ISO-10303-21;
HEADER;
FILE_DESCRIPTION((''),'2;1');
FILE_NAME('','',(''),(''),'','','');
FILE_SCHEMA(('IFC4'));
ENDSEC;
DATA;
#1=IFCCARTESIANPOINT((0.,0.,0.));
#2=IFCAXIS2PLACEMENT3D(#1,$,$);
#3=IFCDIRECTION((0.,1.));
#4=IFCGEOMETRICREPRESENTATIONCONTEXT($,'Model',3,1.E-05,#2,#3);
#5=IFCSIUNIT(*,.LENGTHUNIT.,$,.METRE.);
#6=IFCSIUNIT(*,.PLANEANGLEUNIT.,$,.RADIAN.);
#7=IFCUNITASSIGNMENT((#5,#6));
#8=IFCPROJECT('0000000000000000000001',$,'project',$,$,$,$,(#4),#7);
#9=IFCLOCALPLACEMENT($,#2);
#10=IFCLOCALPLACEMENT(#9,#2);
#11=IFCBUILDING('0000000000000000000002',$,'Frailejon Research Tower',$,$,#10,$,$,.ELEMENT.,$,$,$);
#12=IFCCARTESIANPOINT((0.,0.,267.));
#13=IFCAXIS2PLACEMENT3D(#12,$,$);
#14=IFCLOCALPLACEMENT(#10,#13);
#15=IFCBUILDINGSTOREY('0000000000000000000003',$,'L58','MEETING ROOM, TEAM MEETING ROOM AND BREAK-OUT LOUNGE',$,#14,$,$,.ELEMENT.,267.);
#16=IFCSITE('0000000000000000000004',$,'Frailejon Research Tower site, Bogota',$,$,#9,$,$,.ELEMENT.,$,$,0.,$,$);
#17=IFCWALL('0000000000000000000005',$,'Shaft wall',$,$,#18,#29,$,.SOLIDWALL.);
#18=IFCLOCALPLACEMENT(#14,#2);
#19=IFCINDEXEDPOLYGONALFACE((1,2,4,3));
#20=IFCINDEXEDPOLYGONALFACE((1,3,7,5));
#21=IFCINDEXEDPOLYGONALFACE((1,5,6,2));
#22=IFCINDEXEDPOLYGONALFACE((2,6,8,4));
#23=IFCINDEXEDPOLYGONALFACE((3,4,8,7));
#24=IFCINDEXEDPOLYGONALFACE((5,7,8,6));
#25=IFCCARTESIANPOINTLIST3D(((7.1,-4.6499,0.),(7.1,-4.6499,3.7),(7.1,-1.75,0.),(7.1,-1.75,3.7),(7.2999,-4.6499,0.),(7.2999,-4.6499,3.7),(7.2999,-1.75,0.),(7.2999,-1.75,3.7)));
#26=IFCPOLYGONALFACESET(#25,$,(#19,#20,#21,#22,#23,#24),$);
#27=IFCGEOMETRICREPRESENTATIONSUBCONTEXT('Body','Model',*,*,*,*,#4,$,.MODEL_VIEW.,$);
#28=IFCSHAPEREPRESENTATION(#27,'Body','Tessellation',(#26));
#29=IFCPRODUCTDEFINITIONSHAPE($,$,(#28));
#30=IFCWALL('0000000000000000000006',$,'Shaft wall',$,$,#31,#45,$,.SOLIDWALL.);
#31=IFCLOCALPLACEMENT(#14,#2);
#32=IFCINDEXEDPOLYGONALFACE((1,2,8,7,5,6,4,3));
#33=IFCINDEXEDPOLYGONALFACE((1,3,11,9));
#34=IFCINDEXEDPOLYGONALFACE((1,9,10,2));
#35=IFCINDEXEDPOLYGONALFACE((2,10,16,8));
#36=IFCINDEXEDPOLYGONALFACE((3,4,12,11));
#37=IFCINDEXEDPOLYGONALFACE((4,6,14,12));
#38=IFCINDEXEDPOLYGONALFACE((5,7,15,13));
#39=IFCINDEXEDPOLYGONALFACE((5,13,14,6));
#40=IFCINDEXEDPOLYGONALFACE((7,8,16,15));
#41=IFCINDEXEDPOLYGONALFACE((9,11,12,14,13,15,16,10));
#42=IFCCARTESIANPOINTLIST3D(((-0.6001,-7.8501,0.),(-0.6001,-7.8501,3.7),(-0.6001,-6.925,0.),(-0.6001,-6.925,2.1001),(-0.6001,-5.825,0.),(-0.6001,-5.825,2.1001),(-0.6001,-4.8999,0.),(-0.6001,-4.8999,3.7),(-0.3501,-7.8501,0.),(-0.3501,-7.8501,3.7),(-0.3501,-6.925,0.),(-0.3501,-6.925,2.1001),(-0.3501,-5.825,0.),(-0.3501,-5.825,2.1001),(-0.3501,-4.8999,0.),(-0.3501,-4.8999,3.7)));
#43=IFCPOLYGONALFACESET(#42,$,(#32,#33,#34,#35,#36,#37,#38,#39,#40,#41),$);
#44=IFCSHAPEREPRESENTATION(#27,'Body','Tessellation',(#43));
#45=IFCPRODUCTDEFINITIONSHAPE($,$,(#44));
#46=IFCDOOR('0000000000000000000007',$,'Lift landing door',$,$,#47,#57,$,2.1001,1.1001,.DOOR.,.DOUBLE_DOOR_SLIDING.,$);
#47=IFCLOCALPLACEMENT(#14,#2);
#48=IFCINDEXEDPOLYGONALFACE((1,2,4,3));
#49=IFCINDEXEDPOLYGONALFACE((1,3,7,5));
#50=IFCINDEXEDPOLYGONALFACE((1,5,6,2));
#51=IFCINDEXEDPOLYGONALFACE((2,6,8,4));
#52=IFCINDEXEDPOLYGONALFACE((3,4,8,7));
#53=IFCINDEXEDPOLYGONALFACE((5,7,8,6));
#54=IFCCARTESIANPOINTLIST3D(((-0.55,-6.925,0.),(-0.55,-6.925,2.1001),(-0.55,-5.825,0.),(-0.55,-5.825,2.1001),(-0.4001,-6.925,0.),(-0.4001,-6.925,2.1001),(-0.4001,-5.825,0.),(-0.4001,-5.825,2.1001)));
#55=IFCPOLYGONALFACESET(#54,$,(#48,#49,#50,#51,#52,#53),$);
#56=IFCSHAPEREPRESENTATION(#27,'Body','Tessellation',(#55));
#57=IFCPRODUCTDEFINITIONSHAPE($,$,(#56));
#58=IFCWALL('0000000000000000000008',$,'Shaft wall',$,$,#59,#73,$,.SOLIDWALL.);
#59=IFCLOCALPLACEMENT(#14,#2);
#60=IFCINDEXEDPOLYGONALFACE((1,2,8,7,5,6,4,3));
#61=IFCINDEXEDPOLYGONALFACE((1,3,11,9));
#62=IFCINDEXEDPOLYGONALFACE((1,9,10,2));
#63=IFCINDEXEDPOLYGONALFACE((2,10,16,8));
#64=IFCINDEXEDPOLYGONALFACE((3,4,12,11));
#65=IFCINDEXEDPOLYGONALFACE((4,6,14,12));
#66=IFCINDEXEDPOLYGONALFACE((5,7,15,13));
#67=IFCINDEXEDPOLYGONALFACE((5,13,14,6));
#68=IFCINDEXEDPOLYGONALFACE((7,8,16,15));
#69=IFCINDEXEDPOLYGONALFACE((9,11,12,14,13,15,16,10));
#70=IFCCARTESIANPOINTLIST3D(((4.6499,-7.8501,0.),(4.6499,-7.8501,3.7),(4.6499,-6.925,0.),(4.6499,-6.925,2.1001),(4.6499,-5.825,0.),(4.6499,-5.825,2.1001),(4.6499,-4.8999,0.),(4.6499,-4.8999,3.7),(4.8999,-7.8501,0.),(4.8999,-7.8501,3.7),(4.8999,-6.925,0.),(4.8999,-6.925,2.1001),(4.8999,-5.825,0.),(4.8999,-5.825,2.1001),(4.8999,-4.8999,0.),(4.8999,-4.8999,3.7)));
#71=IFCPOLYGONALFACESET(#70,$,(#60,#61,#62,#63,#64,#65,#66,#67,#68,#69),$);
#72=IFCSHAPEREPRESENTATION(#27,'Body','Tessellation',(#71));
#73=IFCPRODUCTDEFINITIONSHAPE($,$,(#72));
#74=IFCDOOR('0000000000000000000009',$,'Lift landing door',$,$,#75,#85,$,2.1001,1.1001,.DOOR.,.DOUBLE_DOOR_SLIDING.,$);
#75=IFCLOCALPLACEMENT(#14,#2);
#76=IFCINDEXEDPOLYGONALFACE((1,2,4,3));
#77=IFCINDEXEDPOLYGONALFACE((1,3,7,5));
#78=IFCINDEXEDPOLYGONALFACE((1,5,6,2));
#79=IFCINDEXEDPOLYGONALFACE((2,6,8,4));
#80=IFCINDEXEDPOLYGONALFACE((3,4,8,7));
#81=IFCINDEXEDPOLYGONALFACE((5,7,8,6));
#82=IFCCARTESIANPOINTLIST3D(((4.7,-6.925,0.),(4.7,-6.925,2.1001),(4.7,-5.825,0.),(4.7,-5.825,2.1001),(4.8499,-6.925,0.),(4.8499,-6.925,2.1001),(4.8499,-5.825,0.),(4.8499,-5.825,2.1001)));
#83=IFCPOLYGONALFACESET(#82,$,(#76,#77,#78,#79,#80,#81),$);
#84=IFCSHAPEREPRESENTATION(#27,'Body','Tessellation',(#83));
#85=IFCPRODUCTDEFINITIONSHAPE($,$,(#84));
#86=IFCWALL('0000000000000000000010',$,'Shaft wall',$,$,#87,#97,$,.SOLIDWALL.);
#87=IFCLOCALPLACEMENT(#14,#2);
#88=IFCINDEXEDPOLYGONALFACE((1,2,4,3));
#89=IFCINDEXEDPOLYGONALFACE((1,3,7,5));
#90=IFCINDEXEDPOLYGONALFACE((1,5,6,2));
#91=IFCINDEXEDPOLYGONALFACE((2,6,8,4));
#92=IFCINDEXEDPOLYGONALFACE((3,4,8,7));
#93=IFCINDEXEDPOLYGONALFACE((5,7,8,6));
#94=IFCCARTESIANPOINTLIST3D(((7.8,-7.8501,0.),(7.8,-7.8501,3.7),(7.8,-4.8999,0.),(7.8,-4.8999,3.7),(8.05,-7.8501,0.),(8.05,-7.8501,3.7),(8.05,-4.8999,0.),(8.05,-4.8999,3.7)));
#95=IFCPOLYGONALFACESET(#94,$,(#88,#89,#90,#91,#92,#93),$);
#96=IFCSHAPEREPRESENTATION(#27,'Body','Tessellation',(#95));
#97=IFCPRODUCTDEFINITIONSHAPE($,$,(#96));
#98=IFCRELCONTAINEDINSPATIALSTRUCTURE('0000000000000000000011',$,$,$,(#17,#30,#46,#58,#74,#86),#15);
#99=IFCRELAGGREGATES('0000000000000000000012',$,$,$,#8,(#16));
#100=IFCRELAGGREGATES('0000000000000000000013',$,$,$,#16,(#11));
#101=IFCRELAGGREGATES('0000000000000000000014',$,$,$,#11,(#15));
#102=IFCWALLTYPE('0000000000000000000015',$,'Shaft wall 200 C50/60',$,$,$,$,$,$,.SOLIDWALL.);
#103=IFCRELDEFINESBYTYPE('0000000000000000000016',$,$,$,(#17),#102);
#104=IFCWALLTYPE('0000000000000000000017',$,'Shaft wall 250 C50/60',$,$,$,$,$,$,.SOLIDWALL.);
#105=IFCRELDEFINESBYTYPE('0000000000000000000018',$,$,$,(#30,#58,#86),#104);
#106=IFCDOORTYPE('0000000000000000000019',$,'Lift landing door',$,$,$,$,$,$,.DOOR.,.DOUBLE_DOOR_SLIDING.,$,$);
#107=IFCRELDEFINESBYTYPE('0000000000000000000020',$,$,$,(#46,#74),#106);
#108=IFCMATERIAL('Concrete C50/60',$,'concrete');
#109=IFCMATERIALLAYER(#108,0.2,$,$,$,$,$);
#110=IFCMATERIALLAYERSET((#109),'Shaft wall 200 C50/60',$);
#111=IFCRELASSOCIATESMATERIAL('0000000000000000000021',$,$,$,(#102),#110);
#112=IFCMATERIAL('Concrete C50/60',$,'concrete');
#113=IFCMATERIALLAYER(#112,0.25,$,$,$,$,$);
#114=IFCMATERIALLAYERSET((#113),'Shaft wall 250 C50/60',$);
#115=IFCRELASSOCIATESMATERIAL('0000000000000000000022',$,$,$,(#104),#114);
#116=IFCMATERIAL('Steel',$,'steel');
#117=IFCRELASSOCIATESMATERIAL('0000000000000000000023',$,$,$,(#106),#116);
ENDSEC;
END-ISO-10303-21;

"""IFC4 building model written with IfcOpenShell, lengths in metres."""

from ifc_helpers import new_model, si_unit, direction, frame, frame_2d, origin, place, context, subcontext, project, spatial, rectangle, extrude, material, layer, layer_set, type_object, element, fill, save


model = new_model("IFC4")

# Units and contexts
model_context = context("Model", 3, precision=1e-05, world=origin(), true_north=direction((0.0, 1.0)))
body_context = subcontext(model_context, "Body", "Model", "MODEL_VIEW")
ifc_project = project(units=[si_unit("LENGTHUNIT", "METRE"), si_unit("PLANEANGLEUNIT", "RADIAN")], contexts=[model_context])

# Site, building, storey
site_placement = place(None, origin())
site = spatial("IfcSite", under=ifc_project, at=site_placement, Name="Frailejon Research Tower site, Bogota", CompositionType="ELEMENT", RefElevation=0.0)
building_placement = place(site_placement, origin())
building = spatial("IfcBuilding", under=site, at=building_placement, Name="Frailejon Research Tower", CompositionType="ELEMENT")
storey_placement = place(building_placement, frame((0.0, 0.0, 267.0)))
storey = spatial("IfcBuildingStorey", under=building, at=storey_placement, Name="L58", Description="MEETING ROOM, TEAM MEETING ROOM AND BREAK-OUT LOUNGE", CompositionType="ELEMENT", Elevation=267.0)

# Wall
ifc_material_1 = material(Name="Concrete C50/60", Category="concrete")
ifc_layer_1 = layer(ifc_material_1, 0.2)
ifc_layer_set_1 = layer_set([ifc_layer_1], Name="Shaft wall 200 C50/60")
wall_type_1 = type_object("IfcWallType", Name="Shaft wall 200 C50/60", PredefinedType="SOLIDWALL", material=ifc_layer_set_1)
for number, where, z_axis, x_axis, name in (
    (1, (7.2, -4.6499, 0.0), (0.0, 0.0, 1.0), (0.0, 1.0, 0.0), "Shaft wall"),
):
    element("IfcWall", number, at=place(storey_placement, frame(where, z_axis=z_axis, x_axis=x_axis)), inside=storey, type_object=wall_type_1, Name=name, PredefinedType="SOLIDWALL", context=body_context, shape_type="SweptSolid", body=[
        extrude(rectangle(XDim=2.8999, YDim=0.2, at=frame_2d((1.45, 0.0))), origin(), (0.0, 0.0, 1.0), 3.7),
    ])

# Walls, openings, doors
ifc_material_2 = material(Name="Concrete C50/60", Category="concrete")
ifc_layer_2 = layer(ifc_material_2, 0.25)
ifc_layer_set_2 = layer_set([ifc_layer_2], Name="Shaft wall 250 C50/60")
wall_type_2 = type_object("IfcWallType", Name="Shaft wall 250 C50/60", PredefinedType="SOLIDWALL", material=ifc_layer_set_2)
wall_1_placement = place(storey_placement, frame((-0.4751, -7.8501, 0.0), z_axis=(0.0, 0.0, 1.0), x_axis=(0.0, 1.0, 0.0)))
wall_1 = element("IfcWall", 2, at=wall_1_placement, inside=storey, type_object=wall_type_2, Name="Shaft wall", PredefinedType="SOLIDWALL", context=body_context, shape_type="SweptSolid", body=[
    extrude(rectangle(XDim=2.9502, YDim=0.25, at=frame_2d((1.4751, 0.0))), origin(), (0.0, 0.0, 1.0), 3.7),
])
opening_1_placement = place(wall_1_placement, frame((0.925, 0.0, 0.0)))
opening_1 = element("IfcOpeningElement", 3, at=opening_1_placement, cuts=wall_1, PredefinedType="OPENING", context=body_context, shape_type="SweptSolid", body=[
    extrude(rectangle(XDim=1.1001, YDim=2.1001, at=frame_2d((0.55, 1.05))), frame((0.0, 0.135, 0.0), z_axis=(0.0, -1.0, 0.0), x_axis=(1.0, 0.0, 0.0)), (0.0, 0.0, 1.0), 0.27),
])
ifc_material_3 = material(Name="Steel", Category="steel")
door_type_1 = type_object("IfcDoorType", Name="Lift landing door", OperationType="DOUBLE_DOOR_SLIDING", PredefinedType="DOOR", material=ifc_material_3)
door_1_placement = place(opening_1_placement, origin())
door_1 = element("IfcDoor", 4, at=door_1_placement, inside=storey, type_object=door_type_1, Name="Lift landing door", OperationType="DOUBLE_DOOR_SLIDING", OverallHeight=2.1001, OverallWidth=1.1001, PredefinedType="DOOR", context=body_context, shape_type="SweptSolid", body=[
    extrude(rectangle(XDim=1.1001, YDim=2.1001, at=frame_2d((0.55, 1.05))), frame((0.0, 0.075, 0.0), z_axis=(0.0, -1.0, 0.0), x_axis=(1.0, 0.0, 0.0)), (0.0, 0.0, 1.0), 0.1499),
])
fill(opening_1, door_1)
wall_2_placement = place(storey_placement, frame((4.7749, -7.8501, 0.0), z_axis=(0.0, 0.0, 1.0), x_axis=(0.0, 1.0, 0.0)))
wall_2 = element("IfcWall", 5, at=wall_2_placement, inside=storey, type_object=wall_type_2, Name="Shaft wall", PredefinedType="SOLIDWALL", context=body_context, shape_type="SweptSolid", body=[
    extrude(rectangle(XDim=2.9502, YDim=0.25, at=frame_2d((1.4751, 0.0))), origin(), (0.0, 0.0, 1.0), 3.7),
])
opening_2_placement = place(wall_2_placement, frame((0.925, 0.0, 0.0)))
opening_2 = element("IfcOpeningElement", 6, at=opening_2_placement, cuts=wall_2, PredefinedType="OPENING", context=body_context, shape_type="SweptSolid", body=[
    extrude(rectangle(XDim=1.1001, YDim=2.1001, at=frame_2d((0.55, 1.05))), frame((0.0, 0.135, 0.0), z_axis=(0.0, -1.0, 0.0), x_axis=(1.0, 0.0, 0.0)), (0.0, 0.0, 1.0), 0.27),
])
door_2_placement = place(opening_2_placement, origin())
door_2 = element("IfcDoor", 7, at=door_2_placement, inside=storey, type_object=door_type_1, Name="Lift landing door", OperationType="DOUBLE_DOOR_SLIDING", OverallHeight=2.1001, OverallWidth=1.1001, PredefinedType="DOOR", context=body_context, shape_type="SweptSolid", body=[
    extrude(rectangle(XDim=1.1001, YDim=2.1001, at=frame_2d((0.55, 1.05))), frame((0.0, 0.075, 0.0), z_axis=(0.0, -1.0, 0.0), x_axis=(1.0, 0.0, 0.0)), (0.0, 0.0, 1.0), 0.1499),
])
fill(opening_2, door_2)

# Wall
wall_3_placement = place(storey_placement, frame((7.925, -7.8501, 0.0), z_axis=(0.0, 0.0, 1.0), x_axis=(0.0, 1.0, 0.0)))
element("IfcWall", 8, at=wall_3_placement, inside=storey, type_object=wall_type_2, Name="Shaft wall", PredefinedType="SOLIDWALL", context=body_context, shape_type="SweptSolid", body=[
    extrude(rectangle(XDim=2.9502, YDim=0.25, at=frame_2d((1.4751, 0.0))), origin(), (0.0, 0.0, 1.0), 3.7),
])

save(model, "model.ifc")
